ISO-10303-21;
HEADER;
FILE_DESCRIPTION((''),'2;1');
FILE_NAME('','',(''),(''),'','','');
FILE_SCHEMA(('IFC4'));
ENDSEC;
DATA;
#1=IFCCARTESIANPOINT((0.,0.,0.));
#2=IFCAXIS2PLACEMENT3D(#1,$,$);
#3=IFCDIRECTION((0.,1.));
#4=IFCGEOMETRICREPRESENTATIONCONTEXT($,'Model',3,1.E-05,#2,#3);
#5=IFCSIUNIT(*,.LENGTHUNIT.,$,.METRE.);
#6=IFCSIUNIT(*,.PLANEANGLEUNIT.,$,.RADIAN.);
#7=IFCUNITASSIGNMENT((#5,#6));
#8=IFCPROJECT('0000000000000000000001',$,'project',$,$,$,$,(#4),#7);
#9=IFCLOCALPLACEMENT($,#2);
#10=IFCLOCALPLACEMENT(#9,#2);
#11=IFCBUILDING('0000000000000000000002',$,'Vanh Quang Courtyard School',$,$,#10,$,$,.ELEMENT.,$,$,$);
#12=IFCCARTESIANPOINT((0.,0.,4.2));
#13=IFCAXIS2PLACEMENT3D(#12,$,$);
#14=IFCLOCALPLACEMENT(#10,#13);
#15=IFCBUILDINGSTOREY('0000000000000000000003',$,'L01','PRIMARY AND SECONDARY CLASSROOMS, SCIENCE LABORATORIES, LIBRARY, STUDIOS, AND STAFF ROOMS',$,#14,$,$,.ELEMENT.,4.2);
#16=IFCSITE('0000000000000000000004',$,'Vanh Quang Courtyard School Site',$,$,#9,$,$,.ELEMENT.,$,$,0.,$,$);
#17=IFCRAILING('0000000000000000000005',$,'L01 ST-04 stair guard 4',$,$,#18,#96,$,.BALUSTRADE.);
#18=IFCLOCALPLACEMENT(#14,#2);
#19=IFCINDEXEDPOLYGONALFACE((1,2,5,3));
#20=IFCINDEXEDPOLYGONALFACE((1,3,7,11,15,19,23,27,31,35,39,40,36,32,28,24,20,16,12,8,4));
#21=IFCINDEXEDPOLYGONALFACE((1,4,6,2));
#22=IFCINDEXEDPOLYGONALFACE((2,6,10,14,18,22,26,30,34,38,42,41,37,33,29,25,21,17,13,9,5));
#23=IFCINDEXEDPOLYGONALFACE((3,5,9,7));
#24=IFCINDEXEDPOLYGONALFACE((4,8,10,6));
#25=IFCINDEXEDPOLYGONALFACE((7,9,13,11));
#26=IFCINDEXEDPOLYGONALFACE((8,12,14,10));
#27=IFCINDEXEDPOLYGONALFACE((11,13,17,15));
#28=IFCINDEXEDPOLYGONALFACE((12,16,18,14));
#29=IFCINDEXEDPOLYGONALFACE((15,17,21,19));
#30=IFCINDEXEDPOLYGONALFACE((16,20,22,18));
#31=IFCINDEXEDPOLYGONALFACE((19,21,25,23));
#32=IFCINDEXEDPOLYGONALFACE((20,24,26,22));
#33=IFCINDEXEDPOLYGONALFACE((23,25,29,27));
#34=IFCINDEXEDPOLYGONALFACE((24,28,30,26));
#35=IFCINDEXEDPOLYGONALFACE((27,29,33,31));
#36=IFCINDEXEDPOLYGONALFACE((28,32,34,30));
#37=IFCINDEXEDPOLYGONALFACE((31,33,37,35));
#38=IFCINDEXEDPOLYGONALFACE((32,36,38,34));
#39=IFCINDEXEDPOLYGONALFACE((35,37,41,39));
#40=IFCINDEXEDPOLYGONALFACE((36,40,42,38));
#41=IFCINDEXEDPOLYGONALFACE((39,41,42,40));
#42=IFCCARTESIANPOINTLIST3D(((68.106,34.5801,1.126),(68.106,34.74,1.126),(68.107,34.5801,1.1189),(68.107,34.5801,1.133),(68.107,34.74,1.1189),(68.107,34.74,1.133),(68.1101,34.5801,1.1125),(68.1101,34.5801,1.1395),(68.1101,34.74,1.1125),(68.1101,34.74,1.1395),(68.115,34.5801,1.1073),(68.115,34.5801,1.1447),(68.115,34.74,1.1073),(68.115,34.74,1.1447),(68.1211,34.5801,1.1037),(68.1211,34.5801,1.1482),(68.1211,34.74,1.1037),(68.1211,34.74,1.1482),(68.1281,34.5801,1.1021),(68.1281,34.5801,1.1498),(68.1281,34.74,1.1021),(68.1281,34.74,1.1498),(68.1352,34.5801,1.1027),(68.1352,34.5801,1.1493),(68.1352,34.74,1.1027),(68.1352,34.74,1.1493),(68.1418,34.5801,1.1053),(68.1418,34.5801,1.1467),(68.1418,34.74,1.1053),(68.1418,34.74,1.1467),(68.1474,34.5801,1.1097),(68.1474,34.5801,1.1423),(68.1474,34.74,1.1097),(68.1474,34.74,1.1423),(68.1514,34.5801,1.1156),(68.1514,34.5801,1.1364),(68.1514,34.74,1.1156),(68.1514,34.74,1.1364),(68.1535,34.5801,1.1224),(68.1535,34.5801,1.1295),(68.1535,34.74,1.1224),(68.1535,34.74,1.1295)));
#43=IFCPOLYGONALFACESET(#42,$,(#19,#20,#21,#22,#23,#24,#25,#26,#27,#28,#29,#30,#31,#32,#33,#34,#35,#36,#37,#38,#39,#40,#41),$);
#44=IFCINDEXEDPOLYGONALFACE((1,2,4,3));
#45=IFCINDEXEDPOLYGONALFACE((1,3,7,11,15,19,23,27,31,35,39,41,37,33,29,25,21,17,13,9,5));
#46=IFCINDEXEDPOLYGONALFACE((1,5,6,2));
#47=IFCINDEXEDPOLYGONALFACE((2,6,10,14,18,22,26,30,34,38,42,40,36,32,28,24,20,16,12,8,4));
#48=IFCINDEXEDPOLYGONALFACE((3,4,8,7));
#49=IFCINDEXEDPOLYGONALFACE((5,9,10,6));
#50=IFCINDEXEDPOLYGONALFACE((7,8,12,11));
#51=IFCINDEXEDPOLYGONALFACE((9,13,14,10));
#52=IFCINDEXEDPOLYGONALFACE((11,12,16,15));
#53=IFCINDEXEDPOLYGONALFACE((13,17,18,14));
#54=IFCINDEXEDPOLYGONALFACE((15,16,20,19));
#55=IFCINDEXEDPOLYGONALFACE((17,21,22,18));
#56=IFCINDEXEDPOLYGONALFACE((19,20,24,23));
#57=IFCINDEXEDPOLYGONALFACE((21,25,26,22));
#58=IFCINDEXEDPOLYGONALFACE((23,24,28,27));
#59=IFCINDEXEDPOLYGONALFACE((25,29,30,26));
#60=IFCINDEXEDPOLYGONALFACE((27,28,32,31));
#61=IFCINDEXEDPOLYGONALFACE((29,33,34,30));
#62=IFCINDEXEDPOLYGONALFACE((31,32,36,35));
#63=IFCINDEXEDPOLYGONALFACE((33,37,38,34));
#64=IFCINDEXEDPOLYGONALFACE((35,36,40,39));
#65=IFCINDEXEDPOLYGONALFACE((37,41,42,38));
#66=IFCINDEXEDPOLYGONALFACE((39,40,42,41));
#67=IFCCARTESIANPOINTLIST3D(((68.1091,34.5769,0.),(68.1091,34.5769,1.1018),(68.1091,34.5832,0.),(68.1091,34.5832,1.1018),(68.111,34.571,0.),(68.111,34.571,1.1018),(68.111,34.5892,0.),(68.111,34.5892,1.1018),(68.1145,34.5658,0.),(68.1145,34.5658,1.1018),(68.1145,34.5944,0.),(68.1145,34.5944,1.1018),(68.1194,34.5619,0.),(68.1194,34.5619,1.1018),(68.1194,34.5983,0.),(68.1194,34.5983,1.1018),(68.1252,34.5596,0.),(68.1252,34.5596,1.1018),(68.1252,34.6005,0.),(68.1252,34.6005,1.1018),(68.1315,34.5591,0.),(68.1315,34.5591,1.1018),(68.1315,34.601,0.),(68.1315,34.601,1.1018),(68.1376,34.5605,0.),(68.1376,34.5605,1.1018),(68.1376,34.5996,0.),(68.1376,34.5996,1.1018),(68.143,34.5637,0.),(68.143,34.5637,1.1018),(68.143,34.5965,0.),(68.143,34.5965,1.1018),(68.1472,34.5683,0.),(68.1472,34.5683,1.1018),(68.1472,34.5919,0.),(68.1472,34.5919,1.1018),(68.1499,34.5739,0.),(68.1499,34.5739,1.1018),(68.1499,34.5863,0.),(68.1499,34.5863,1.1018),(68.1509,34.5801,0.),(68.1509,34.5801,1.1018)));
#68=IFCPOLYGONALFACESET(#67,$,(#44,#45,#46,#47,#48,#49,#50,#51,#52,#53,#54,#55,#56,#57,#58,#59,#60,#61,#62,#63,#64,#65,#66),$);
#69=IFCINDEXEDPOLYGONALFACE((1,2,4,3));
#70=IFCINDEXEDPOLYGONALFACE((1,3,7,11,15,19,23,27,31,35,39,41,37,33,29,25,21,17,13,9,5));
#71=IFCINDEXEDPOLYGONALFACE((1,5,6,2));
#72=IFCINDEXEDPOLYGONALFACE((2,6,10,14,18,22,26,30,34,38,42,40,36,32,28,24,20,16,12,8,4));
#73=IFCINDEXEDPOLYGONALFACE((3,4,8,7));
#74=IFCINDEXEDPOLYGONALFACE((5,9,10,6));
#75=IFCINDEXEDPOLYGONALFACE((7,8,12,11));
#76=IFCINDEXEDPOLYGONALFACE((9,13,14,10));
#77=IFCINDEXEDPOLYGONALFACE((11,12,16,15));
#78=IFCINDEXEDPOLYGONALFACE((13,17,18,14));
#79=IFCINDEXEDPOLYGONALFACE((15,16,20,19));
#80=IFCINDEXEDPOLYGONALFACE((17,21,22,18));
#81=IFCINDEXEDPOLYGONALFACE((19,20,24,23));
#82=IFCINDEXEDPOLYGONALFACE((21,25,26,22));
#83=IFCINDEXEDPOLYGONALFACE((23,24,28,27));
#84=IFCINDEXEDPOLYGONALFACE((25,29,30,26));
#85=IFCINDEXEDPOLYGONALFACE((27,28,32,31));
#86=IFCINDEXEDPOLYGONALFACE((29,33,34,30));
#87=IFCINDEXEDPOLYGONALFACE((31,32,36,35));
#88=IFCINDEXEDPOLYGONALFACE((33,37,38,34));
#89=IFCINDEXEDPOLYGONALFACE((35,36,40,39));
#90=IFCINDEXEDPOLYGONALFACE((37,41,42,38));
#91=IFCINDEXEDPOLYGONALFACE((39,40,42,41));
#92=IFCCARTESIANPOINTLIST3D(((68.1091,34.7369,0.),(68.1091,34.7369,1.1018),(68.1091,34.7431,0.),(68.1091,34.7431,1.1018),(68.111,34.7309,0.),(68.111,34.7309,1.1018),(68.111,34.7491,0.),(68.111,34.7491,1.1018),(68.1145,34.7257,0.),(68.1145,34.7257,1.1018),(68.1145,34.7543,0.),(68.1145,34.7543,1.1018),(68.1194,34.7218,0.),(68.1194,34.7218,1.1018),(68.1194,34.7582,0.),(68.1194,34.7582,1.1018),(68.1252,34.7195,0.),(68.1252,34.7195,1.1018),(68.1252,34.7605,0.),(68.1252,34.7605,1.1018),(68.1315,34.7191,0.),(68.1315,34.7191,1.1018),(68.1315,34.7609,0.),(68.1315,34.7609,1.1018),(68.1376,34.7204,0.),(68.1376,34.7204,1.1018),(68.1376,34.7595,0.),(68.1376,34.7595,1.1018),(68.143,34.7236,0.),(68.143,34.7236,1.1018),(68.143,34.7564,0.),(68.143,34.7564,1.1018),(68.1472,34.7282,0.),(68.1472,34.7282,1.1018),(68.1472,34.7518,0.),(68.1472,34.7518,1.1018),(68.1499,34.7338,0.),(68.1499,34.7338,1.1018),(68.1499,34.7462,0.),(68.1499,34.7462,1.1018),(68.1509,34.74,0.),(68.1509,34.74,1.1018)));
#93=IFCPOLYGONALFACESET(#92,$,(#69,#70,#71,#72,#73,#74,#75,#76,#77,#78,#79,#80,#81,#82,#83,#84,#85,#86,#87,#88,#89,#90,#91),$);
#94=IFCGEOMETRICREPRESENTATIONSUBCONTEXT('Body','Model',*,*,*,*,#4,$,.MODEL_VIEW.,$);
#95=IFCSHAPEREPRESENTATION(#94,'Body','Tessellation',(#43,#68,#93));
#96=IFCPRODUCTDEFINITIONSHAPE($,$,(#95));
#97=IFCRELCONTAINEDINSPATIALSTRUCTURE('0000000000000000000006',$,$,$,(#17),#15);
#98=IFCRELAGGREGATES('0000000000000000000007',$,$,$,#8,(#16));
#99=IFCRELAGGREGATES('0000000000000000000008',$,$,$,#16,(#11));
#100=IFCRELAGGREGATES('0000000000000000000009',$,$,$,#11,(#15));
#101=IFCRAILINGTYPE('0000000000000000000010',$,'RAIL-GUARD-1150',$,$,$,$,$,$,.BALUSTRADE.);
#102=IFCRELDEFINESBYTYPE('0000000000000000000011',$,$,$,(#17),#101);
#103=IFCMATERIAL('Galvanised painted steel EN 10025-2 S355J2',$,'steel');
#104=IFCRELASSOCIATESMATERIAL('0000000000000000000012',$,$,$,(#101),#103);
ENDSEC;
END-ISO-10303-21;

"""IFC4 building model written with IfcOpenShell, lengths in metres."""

from ifc_helpers import new_model, si_unit, direction, frame, origin, origin_2d, place, context, subcontext, project, spatial, circle, extrude, material, type_object, element, save


model = new_model("IFC4")

# Units and contexts
model_context = context("Model", 3, precision=1e-05, world=origin(), true_north=direction((0.0, 1.0)))
body_context = subcontext(model_context, "Body", "Model", "MODEL_VIEW")
ifc_project = project(units=[si_unit("LENGTHUNIT", "METRE"), si_unit("PLANEANGLEUNIT", "RADIAN")], contexts=[model_context])

# Site, building, storey
site_placement = place(None, origin())
site = spatial("IfcSite", under=ifc_project, at=site_placement, Name="Vanh Quang Courtyard School Site", CompositionType="ELEMENT", RefElevation=0.0)
building_placement = place(site_placement, origin())
building = spatial("IfcBuilding", under=site, at=building_placement, Name="Vanh Quang Courtyard School", CompositionType="ELEMENT")
storey_placement = place(building_placement, frame((0.0, 0.0, 4.2)))
storey = spatial("IfcBuildingStorey", under=building, at=storey_placement, Name="L01", Description="PRIMARY AND SECONDARY CLASSROOMS, SCIENCE LABORATORIES, LIBRARY, STUDIOS, AND STAFF ROOMS", CompositionType="ELEMENT", Elevation=4.2)

# Railing
ifc_material_1 = material(Name="Galvanised painted steel EN 10025-2 S355J2", Category="steel")
railing_type_1 = type_object("IfcRailingType", Name="RAIL-GUARD-1150", PredefinedType="BALUSTRADE", material=ifc_material_1)
railing_1_placement = place(storey_placement, frame((68.1299, 34.5801, 0.0)))
element("IfcRailing", 1, at=railing_1_placement, inside=storey, type_object=railing_type_1, Name="L01 ST-04 stair guard 4", PredefinedType="BALUSTRADE", context=body_context, shape_type="SweptSolid", body=[
    extrude(circle(Radius=0.0239, at=origin_2d()), frame((0.0, 0.0, 1.126), z_axis=(0.0, 1.0, 0.0), x_axis=(-1.0, 0.0, 0.0)), (0.0, 0.0, 1.0), 0.1599),
    extrude(circle(Radius=0.021, at=origin_2d()), origin(), (0.0, 0.0, 1.0), 1.1018),
    extrude(circle(Radius=0.021, at=origin_2d()), frame((0.0, 0.1599, 0.0)), (0.0, 0.0, 1.0), 1.1018),
])

save(model, "model.ifc")
